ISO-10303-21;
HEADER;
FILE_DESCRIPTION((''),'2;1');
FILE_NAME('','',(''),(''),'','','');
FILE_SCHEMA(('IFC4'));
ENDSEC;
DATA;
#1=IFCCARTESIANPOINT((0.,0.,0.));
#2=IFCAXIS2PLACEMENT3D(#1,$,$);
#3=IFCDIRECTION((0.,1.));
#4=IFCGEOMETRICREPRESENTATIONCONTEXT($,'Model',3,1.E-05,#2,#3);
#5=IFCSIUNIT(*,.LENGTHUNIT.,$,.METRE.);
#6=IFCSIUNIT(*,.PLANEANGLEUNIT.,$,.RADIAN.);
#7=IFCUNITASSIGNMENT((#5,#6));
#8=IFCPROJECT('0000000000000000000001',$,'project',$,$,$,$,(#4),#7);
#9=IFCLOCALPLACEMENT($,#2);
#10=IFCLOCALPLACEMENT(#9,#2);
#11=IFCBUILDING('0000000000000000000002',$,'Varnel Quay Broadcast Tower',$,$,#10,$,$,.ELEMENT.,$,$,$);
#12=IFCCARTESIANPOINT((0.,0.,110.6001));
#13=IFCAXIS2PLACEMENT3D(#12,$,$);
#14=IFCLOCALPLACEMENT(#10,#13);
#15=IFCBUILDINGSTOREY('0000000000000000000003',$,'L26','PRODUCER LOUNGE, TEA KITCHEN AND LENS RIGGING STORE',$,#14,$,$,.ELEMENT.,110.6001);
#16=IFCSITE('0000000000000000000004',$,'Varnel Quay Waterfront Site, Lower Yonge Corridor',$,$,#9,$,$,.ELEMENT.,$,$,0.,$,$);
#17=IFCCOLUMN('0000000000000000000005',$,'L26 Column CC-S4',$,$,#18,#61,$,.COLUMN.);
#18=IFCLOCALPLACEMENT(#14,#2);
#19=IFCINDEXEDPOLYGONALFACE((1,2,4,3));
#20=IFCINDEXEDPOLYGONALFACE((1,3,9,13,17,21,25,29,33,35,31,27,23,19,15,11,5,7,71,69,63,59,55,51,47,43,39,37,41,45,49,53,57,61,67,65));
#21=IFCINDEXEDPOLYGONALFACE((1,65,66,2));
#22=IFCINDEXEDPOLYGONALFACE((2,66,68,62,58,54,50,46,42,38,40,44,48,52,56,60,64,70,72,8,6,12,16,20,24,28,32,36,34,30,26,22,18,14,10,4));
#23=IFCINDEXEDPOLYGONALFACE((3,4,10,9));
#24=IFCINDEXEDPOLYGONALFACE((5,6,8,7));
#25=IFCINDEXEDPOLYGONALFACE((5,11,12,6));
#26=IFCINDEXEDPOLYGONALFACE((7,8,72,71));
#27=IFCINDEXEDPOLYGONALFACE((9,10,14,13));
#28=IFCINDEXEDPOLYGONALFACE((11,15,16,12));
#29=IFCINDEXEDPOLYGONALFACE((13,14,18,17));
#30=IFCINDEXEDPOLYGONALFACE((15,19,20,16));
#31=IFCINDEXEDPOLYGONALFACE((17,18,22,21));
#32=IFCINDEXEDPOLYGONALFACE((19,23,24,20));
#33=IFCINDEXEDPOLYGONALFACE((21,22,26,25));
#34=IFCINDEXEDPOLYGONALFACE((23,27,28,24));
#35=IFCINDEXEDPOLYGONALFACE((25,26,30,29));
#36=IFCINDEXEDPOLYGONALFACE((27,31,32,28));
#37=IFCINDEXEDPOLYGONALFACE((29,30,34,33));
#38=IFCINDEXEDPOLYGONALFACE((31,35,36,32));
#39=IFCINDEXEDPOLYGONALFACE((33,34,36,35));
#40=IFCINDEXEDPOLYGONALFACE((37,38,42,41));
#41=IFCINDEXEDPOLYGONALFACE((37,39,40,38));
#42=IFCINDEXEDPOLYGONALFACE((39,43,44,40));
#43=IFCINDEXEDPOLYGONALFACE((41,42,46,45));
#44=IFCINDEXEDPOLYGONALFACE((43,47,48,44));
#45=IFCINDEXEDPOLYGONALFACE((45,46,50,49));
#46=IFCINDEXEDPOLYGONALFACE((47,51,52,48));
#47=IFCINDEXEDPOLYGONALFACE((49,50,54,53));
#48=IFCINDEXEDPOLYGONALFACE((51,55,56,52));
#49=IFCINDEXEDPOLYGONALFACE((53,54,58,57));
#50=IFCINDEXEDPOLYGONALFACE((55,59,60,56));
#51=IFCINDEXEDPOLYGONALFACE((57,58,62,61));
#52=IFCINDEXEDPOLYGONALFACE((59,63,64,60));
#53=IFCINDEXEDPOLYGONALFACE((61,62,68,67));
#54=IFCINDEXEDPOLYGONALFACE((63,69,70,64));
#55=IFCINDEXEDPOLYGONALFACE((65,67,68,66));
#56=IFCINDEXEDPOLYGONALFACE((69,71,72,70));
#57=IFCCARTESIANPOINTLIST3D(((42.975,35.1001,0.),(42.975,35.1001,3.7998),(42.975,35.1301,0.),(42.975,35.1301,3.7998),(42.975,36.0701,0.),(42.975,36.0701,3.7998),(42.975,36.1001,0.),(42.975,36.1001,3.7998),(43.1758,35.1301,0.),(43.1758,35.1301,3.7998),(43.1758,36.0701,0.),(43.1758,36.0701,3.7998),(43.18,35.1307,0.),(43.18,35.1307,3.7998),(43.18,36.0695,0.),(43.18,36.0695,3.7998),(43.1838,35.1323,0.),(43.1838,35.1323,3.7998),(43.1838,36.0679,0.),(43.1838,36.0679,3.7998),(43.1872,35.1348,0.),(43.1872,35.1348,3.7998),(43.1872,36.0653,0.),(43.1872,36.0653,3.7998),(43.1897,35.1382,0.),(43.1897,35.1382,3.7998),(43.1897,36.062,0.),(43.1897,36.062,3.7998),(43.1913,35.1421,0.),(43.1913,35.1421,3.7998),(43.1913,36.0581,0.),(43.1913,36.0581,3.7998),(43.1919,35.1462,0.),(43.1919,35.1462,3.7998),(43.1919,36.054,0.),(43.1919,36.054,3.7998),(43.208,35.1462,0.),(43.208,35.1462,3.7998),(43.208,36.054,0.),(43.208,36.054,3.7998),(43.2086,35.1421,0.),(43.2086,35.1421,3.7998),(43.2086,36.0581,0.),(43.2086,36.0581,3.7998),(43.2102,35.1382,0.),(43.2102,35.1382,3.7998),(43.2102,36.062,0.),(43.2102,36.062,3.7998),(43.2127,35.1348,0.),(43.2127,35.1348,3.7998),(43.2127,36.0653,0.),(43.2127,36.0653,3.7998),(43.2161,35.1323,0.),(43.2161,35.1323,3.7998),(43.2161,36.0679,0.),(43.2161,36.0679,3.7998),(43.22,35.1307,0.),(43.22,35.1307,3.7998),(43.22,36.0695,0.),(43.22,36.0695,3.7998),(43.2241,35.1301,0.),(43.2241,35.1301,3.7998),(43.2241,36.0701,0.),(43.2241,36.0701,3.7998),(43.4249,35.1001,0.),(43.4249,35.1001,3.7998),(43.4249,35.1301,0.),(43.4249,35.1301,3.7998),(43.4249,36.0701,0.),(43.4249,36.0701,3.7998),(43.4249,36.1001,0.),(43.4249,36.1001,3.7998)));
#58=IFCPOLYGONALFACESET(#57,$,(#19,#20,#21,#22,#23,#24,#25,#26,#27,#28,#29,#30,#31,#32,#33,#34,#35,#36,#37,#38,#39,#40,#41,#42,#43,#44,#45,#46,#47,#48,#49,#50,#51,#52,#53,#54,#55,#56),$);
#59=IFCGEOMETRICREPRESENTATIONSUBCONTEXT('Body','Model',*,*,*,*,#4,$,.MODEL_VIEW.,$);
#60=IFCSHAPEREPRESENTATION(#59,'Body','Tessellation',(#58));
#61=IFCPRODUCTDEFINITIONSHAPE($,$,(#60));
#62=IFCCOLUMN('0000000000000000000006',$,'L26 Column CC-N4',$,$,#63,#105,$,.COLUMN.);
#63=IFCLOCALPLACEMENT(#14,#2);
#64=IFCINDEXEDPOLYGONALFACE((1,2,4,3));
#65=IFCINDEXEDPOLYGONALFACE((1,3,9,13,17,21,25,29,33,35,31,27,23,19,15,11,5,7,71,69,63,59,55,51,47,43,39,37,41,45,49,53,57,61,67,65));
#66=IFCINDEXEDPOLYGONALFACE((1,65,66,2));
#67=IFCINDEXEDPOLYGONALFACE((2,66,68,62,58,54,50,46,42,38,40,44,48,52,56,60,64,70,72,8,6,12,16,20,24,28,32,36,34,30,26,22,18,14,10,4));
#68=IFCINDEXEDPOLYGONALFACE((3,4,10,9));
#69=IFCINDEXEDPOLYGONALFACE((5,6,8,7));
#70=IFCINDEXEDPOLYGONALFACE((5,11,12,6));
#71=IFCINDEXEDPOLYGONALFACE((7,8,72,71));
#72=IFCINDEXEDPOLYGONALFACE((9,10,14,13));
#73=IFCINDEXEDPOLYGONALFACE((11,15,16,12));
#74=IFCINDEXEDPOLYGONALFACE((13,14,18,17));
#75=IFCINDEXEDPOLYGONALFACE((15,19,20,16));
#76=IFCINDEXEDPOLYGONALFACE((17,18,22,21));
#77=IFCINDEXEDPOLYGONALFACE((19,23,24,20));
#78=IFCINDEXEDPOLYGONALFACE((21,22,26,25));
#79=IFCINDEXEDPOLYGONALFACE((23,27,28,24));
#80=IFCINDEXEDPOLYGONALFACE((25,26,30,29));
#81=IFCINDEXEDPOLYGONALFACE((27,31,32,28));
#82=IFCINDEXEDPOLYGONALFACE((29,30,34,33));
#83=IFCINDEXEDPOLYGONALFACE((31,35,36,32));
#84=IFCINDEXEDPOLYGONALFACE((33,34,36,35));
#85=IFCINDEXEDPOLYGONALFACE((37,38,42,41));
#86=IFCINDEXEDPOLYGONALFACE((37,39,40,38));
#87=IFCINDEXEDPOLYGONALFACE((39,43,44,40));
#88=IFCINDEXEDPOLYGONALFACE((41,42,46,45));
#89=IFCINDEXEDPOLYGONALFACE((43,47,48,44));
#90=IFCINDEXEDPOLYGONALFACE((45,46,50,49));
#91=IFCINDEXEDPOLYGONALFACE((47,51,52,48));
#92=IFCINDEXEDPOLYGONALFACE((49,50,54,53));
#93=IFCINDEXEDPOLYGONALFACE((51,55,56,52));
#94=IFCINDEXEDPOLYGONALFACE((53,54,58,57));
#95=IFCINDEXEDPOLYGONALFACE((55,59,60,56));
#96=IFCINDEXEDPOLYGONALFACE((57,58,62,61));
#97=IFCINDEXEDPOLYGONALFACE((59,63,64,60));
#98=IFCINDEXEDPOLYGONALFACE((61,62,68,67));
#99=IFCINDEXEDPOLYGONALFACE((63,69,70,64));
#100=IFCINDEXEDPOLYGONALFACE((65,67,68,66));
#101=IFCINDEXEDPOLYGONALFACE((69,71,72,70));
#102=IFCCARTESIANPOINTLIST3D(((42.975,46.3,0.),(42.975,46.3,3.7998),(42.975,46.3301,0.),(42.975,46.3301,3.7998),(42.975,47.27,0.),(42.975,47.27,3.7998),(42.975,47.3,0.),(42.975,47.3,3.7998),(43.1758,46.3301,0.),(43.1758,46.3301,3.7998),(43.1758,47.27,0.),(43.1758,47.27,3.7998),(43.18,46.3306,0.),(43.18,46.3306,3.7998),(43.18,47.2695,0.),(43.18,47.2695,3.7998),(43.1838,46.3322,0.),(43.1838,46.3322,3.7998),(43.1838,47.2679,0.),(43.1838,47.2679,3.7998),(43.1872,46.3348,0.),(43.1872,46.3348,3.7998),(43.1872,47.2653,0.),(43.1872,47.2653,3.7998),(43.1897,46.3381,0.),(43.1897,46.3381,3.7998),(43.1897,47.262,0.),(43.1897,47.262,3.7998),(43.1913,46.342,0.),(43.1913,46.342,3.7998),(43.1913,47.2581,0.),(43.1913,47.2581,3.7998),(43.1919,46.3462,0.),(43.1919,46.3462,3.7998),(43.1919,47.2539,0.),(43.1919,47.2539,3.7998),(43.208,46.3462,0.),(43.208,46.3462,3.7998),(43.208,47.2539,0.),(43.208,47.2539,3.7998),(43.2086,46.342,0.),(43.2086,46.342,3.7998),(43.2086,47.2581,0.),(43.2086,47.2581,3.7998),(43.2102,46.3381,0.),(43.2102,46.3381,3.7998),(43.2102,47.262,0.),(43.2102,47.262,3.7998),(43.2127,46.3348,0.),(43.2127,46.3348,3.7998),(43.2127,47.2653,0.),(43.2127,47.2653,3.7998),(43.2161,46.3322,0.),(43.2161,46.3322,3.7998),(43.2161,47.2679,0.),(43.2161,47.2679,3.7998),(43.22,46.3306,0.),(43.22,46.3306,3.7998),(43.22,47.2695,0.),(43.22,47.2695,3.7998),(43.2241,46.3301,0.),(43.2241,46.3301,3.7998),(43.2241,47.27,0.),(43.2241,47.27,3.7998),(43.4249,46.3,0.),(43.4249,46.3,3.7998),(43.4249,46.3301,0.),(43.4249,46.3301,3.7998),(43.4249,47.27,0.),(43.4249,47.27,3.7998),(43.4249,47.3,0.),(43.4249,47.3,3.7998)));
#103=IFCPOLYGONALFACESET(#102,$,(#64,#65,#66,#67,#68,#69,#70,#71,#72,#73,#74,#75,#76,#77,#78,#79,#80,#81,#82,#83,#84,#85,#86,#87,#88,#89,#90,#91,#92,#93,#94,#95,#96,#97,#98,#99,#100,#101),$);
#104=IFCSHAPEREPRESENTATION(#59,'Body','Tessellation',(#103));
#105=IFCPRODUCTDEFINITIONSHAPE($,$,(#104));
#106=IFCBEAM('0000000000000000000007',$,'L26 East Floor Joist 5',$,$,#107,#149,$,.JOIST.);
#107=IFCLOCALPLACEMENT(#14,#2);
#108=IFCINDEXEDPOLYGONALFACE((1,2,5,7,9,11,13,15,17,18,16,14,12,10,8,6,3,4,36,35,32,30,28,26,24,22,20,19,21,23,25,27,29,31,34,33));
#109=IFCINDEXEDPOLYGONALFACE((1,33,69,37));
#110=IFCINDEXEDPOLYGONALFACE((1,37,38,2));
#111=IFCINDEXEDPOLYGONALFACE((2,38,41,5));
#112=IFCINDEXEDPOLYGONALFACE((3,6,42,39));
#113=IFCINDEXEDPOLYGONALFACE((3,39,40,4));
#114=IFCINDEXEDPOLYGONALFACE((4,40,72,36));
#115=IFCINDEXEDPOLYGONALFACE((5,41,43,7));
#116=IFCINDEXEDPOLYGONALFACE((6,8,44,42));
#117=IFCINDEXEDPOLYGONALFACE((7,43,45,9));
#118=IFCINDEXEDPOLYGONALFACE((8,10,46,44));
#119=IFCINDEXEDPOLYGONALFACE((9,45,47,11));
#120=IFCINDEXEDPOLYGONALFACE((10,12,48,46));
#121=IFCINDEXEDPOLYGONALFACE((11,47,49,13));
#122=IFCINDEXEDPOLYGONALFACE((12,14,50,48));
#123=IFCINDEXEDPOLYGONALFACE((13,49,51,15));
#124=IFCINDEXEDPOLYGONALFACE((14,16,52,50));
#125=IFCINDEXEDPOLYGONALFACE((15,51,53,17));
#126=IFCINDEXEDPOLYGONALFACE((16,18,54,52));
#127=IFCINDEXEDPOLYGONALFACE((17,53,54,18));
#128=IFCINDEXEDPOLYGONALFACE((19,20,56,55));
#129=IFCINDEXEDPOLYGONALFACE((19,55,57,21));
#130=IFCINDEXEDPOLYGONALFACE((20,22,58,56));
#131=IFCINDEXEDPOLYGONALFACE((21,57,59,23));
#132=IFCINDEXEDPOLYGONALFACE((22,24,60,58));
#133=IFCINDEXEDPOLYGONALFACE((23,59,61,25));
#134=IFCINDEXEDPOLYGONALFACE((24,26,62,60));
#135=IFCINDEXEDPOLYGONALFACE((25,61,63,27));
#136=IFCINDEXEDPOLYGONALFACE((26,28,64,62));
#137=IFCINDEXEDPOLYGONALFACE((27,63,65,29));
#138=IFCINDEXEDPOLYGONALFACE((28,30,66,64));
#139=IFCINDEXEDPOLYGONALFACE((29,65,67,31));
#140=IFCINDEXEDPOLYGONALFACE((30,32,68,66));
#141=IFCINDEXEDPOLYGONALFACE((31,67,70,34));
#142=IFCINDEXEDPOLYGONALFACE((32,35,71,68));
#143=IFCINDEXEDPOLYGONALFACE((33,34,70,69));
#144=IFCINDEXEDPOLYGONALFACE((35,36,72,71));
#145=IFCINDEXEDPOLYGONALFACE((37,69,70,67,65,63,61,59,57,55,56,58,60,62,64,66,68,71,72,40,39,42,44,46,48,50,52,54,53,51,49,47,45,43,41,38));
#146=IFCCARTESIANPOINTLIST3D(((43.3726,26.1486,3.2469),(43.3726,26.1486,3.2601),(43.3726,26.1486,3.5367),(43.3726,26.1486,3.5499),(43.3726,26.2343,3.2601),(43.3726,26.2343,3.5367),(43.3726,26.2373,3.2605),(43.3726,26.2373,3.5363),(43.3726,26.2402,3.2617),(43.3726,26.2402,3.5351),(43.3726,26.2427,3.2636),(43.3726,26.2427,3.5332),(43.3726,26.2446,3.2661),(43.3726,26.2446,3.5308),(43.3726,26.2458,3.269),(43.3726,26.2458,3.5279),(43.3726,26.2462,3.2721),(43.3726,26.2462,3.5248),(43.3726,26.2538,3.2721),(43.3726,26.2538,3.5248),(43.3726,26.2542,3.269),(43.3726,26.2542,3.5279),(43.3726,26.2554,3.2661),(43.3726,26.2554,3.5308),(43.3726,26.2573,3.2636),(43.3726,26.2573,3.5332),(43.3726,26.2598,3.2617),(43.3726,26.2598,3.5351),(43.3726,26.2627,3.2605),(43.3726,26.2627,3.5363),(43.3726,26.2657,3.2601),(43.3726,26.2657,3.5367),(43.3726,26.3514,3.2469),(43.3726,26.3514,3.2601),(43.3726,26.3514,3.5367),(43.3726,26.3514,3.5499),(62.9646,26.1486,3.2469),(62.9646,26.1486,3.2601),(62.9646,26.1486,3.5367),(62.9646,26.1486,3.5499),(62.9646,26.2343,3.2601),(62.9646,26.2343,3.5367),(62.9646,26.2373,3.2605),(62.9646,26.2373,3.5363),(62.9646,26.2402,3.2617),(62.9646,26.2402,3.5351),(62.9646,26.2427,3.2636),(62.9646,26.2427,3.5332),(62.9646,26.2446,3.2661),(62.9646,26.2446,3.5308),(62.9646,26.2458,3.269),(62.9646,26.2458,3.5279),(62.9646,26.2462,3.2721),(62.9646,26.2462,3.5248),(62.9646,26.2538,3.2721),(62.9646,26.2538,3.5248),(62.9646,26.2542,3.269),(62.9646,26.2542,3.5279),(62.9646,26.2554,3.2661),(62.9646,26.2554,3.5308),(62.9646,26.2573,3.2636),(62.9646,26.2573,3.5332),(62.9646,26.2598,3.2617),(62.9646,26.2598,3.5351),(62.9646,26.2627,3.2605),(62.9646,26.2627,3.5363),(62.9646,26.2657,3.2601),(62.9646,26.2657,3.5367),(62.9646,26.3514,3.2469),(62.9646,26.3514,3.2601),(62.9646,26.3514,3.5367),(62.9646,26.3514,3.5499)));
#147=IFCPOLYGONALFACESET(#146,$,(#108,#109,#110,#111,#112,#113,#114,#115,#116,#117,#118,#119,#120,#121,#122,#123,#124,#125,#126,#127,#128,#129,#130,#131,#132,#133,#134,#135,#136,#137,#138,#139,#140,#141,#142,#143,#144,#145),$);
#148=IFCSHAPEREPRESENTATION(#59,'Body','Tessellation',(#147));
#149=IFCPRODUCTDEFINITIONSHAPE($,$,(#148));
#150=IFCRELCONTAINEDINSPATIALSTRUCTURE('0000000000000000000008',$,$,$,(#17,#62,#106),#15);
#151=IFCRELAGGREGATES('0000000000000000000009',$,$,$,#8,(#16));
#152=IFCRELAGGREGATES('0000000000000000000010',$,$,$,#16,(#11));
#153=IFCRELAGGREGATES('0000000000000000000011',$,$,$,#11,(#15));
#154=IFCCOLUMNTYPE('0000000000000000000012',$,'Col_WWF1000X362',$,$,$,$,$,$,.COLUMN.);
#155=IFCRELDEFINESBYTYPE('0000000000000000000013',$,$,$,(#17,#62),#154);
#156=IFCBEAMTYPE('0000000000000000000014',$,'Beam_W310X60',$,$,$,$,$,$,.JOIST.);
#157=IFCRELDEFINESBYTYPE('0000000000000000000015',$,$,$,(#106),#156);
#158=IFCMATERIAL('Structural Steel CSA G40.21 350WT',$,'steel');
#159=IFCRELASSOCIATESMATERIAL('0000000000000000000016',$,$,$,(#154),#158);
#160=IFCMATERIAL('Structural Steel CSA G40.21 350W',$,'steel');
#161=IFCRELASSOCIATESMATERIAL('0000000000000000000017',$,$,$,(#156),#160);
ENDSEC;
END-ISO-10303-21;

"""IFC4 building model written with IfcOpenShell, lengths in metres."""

from ifc_helpers import new_model, si_unit, direction, frame, origin, origin_2d, place, context, subcontext, project, spatial, i_section, extrude, source, transform, mapped, material, material_profile, profile_set, type_object, type_shapes, element, save


model = new_model("IFC4")

# Units and contexts
model_context = context("Model", 3, precision=1e-05, world=origin(), true_north=direction((0.0, 1.0)))
body_context = subcontext(model_context, "Body", "Model", "MODEL_VIEW")
ifc_project = project(units=[si_unit("LENGTHUNIT", "METRE"), si_unit("PLANEANGLEUNIT", "RADIAN")], contexts=[model_context])

# Site, building, storey
site_placement = place(None, origin())
site = spatial("IfcSite", under=ifc_project, at=site_placement, Name="Varnel Quay Waterfront Site, Lower Yonge Corridor", CompositionType="ELEMENT", RefElevation=0.0)
building_placement = place(site_placement, origin())
building = spatial("IfcBuilding", under=site, at=building_placement, Name="Varnel Quay Broadcast Tower", CompositionType="ELEMENT")
storey_placement = place(building_placement, frame((0.0, 0.0, 110.6001)))
storey = spatial("IfcBuildingStorey", under=building, at=storey_placement, Name="L26", Description="PRODUCER LOUNGE, TEA KITCHEN AND LENS RIGGING STORE", CompositionType="ELEMENT", Elevation=110.6001)

# Columns
ifc_material_1 = material(Name="Structural Steel CSA G40.21 350WT", Category="steel")
ifc_material_profile_1 = material_profile(ifc_material_1, i_section(OverallWidth=0.45, OverallDepth=1.0, WebThickness=0.0161, FlangeThickness=0.03, FilletRadius=0.0161, at=origin_2d()), Name="WWF1000X362")
ifc_profile_set_1 = profile_set([ifc_material_profile_1], Name="Structural Steel CSA G40.21 350WT")
column_type = type_object("IfcColumnType", Name="Col_WWF1000X362", PredefinedType="COLUMN", material=ifc_profile_set_1)
shared_shape_1 = source(origin(), body_context, "Body", "SweptSolid", [
    extrude(i_section(OverallWidth=0.45, OverallDepth=1.0, WebThickness=0.0161, FlangeThickness=0.03, FilletRadius=0.0161, at=origin_2d()), origin(), (0.0, 0.0, 1.0), 3.7998),
])
type_shapes(column_type, [shared_shape_1])
for number, where, z_axis, x_axis, name in (
    (1, (43.2, 35.6001, 0.0), (0.0, 0.0, 1.0), (1.0, 0.0, 0.0), "L26 Column CC-S4"),
    (2, (43.2, 46.8, 0.0), (0.0, 0.0, 1.0), (1.0, 0.0, 0.0), "L26 Column CC-N4"),
):
    element("IfcColumn", number, at=place(storey_placement, frame(where, z_axis=z_axis, x_axis=x_axis)), inside=storey, type_object=column_type, Name=name, PredefinedType="COLUMN", context=body_context, shape_type="MappedRepresentation", body=[
        mapped(shared_shape_1, transform((0.0, 0.0, 0.0), x_axis=(1.0, 0.0, 0.0), y_axis=(0.0, 1.0, 0.0), z_axis=(0.0, 0.0, 1.0), scale=1.0)),
    ])

# Beam
ifc_material_2 = material(Name="Structural Steel CSA G40.21 350W", Category="steel")
ifc_material_profile_2 = material_profile(ifc_material_2, i_section(OverallWidth=0.2029, OverallDepth=0.303, WebThickness=0.0076, FlangeThickness=0.0132, FilletRadius=0.012, at=origin_2d()), Name="W310X60")
ifc_profile_set_2 = profile_set([ifc_material_profile_2], Name="Structural Steel CSA G40.21 350W")
beam_type_1 = type_object("IfcBeamType", Name="Beam_W310X60", PredefinedType="JOIST", material=ifc_profile_set_2)
shared_shape_2 = source(origin(), body_context, "Body", "SweptSolid", [
    extrude(i_section(OverallWidth=0.2029, OverallDepth=0.303, WebThickness=0.0076, FlangeThickness=0.0132, FilletRadius=0.012, at=origin_2d()), origin(), (0.0, 0.0, 1.0), 19.592),
])
type_shapes(beam_type_1, [shared_shape_2])
beam_1_placement = place(storey_placement, frame((43.3726, 26.25, 3.3984), z_axis=(1.0, 0.0, 0.0), x_axis=(0.0, 1.0, 0.0)))
element("IfcBeam", 3, at=beam_1_placement, inside=storey, type_object=beam_type_1, Name="L26 East Floor Joist 5", PredefinedType="JOIST", context=body_context, shape_type="MappedRepresentation", body=[
    mapped(shared_shape_2, transform((0.0, 0.0, 0.0), x_axis=(1.0, 0.0, 0.0), y_axis=(0.0, 1.0, 0.0), z_axis=(0.0, 0.0, 1.0), scale=1.0)),
])

save(model, "model.ifc")
